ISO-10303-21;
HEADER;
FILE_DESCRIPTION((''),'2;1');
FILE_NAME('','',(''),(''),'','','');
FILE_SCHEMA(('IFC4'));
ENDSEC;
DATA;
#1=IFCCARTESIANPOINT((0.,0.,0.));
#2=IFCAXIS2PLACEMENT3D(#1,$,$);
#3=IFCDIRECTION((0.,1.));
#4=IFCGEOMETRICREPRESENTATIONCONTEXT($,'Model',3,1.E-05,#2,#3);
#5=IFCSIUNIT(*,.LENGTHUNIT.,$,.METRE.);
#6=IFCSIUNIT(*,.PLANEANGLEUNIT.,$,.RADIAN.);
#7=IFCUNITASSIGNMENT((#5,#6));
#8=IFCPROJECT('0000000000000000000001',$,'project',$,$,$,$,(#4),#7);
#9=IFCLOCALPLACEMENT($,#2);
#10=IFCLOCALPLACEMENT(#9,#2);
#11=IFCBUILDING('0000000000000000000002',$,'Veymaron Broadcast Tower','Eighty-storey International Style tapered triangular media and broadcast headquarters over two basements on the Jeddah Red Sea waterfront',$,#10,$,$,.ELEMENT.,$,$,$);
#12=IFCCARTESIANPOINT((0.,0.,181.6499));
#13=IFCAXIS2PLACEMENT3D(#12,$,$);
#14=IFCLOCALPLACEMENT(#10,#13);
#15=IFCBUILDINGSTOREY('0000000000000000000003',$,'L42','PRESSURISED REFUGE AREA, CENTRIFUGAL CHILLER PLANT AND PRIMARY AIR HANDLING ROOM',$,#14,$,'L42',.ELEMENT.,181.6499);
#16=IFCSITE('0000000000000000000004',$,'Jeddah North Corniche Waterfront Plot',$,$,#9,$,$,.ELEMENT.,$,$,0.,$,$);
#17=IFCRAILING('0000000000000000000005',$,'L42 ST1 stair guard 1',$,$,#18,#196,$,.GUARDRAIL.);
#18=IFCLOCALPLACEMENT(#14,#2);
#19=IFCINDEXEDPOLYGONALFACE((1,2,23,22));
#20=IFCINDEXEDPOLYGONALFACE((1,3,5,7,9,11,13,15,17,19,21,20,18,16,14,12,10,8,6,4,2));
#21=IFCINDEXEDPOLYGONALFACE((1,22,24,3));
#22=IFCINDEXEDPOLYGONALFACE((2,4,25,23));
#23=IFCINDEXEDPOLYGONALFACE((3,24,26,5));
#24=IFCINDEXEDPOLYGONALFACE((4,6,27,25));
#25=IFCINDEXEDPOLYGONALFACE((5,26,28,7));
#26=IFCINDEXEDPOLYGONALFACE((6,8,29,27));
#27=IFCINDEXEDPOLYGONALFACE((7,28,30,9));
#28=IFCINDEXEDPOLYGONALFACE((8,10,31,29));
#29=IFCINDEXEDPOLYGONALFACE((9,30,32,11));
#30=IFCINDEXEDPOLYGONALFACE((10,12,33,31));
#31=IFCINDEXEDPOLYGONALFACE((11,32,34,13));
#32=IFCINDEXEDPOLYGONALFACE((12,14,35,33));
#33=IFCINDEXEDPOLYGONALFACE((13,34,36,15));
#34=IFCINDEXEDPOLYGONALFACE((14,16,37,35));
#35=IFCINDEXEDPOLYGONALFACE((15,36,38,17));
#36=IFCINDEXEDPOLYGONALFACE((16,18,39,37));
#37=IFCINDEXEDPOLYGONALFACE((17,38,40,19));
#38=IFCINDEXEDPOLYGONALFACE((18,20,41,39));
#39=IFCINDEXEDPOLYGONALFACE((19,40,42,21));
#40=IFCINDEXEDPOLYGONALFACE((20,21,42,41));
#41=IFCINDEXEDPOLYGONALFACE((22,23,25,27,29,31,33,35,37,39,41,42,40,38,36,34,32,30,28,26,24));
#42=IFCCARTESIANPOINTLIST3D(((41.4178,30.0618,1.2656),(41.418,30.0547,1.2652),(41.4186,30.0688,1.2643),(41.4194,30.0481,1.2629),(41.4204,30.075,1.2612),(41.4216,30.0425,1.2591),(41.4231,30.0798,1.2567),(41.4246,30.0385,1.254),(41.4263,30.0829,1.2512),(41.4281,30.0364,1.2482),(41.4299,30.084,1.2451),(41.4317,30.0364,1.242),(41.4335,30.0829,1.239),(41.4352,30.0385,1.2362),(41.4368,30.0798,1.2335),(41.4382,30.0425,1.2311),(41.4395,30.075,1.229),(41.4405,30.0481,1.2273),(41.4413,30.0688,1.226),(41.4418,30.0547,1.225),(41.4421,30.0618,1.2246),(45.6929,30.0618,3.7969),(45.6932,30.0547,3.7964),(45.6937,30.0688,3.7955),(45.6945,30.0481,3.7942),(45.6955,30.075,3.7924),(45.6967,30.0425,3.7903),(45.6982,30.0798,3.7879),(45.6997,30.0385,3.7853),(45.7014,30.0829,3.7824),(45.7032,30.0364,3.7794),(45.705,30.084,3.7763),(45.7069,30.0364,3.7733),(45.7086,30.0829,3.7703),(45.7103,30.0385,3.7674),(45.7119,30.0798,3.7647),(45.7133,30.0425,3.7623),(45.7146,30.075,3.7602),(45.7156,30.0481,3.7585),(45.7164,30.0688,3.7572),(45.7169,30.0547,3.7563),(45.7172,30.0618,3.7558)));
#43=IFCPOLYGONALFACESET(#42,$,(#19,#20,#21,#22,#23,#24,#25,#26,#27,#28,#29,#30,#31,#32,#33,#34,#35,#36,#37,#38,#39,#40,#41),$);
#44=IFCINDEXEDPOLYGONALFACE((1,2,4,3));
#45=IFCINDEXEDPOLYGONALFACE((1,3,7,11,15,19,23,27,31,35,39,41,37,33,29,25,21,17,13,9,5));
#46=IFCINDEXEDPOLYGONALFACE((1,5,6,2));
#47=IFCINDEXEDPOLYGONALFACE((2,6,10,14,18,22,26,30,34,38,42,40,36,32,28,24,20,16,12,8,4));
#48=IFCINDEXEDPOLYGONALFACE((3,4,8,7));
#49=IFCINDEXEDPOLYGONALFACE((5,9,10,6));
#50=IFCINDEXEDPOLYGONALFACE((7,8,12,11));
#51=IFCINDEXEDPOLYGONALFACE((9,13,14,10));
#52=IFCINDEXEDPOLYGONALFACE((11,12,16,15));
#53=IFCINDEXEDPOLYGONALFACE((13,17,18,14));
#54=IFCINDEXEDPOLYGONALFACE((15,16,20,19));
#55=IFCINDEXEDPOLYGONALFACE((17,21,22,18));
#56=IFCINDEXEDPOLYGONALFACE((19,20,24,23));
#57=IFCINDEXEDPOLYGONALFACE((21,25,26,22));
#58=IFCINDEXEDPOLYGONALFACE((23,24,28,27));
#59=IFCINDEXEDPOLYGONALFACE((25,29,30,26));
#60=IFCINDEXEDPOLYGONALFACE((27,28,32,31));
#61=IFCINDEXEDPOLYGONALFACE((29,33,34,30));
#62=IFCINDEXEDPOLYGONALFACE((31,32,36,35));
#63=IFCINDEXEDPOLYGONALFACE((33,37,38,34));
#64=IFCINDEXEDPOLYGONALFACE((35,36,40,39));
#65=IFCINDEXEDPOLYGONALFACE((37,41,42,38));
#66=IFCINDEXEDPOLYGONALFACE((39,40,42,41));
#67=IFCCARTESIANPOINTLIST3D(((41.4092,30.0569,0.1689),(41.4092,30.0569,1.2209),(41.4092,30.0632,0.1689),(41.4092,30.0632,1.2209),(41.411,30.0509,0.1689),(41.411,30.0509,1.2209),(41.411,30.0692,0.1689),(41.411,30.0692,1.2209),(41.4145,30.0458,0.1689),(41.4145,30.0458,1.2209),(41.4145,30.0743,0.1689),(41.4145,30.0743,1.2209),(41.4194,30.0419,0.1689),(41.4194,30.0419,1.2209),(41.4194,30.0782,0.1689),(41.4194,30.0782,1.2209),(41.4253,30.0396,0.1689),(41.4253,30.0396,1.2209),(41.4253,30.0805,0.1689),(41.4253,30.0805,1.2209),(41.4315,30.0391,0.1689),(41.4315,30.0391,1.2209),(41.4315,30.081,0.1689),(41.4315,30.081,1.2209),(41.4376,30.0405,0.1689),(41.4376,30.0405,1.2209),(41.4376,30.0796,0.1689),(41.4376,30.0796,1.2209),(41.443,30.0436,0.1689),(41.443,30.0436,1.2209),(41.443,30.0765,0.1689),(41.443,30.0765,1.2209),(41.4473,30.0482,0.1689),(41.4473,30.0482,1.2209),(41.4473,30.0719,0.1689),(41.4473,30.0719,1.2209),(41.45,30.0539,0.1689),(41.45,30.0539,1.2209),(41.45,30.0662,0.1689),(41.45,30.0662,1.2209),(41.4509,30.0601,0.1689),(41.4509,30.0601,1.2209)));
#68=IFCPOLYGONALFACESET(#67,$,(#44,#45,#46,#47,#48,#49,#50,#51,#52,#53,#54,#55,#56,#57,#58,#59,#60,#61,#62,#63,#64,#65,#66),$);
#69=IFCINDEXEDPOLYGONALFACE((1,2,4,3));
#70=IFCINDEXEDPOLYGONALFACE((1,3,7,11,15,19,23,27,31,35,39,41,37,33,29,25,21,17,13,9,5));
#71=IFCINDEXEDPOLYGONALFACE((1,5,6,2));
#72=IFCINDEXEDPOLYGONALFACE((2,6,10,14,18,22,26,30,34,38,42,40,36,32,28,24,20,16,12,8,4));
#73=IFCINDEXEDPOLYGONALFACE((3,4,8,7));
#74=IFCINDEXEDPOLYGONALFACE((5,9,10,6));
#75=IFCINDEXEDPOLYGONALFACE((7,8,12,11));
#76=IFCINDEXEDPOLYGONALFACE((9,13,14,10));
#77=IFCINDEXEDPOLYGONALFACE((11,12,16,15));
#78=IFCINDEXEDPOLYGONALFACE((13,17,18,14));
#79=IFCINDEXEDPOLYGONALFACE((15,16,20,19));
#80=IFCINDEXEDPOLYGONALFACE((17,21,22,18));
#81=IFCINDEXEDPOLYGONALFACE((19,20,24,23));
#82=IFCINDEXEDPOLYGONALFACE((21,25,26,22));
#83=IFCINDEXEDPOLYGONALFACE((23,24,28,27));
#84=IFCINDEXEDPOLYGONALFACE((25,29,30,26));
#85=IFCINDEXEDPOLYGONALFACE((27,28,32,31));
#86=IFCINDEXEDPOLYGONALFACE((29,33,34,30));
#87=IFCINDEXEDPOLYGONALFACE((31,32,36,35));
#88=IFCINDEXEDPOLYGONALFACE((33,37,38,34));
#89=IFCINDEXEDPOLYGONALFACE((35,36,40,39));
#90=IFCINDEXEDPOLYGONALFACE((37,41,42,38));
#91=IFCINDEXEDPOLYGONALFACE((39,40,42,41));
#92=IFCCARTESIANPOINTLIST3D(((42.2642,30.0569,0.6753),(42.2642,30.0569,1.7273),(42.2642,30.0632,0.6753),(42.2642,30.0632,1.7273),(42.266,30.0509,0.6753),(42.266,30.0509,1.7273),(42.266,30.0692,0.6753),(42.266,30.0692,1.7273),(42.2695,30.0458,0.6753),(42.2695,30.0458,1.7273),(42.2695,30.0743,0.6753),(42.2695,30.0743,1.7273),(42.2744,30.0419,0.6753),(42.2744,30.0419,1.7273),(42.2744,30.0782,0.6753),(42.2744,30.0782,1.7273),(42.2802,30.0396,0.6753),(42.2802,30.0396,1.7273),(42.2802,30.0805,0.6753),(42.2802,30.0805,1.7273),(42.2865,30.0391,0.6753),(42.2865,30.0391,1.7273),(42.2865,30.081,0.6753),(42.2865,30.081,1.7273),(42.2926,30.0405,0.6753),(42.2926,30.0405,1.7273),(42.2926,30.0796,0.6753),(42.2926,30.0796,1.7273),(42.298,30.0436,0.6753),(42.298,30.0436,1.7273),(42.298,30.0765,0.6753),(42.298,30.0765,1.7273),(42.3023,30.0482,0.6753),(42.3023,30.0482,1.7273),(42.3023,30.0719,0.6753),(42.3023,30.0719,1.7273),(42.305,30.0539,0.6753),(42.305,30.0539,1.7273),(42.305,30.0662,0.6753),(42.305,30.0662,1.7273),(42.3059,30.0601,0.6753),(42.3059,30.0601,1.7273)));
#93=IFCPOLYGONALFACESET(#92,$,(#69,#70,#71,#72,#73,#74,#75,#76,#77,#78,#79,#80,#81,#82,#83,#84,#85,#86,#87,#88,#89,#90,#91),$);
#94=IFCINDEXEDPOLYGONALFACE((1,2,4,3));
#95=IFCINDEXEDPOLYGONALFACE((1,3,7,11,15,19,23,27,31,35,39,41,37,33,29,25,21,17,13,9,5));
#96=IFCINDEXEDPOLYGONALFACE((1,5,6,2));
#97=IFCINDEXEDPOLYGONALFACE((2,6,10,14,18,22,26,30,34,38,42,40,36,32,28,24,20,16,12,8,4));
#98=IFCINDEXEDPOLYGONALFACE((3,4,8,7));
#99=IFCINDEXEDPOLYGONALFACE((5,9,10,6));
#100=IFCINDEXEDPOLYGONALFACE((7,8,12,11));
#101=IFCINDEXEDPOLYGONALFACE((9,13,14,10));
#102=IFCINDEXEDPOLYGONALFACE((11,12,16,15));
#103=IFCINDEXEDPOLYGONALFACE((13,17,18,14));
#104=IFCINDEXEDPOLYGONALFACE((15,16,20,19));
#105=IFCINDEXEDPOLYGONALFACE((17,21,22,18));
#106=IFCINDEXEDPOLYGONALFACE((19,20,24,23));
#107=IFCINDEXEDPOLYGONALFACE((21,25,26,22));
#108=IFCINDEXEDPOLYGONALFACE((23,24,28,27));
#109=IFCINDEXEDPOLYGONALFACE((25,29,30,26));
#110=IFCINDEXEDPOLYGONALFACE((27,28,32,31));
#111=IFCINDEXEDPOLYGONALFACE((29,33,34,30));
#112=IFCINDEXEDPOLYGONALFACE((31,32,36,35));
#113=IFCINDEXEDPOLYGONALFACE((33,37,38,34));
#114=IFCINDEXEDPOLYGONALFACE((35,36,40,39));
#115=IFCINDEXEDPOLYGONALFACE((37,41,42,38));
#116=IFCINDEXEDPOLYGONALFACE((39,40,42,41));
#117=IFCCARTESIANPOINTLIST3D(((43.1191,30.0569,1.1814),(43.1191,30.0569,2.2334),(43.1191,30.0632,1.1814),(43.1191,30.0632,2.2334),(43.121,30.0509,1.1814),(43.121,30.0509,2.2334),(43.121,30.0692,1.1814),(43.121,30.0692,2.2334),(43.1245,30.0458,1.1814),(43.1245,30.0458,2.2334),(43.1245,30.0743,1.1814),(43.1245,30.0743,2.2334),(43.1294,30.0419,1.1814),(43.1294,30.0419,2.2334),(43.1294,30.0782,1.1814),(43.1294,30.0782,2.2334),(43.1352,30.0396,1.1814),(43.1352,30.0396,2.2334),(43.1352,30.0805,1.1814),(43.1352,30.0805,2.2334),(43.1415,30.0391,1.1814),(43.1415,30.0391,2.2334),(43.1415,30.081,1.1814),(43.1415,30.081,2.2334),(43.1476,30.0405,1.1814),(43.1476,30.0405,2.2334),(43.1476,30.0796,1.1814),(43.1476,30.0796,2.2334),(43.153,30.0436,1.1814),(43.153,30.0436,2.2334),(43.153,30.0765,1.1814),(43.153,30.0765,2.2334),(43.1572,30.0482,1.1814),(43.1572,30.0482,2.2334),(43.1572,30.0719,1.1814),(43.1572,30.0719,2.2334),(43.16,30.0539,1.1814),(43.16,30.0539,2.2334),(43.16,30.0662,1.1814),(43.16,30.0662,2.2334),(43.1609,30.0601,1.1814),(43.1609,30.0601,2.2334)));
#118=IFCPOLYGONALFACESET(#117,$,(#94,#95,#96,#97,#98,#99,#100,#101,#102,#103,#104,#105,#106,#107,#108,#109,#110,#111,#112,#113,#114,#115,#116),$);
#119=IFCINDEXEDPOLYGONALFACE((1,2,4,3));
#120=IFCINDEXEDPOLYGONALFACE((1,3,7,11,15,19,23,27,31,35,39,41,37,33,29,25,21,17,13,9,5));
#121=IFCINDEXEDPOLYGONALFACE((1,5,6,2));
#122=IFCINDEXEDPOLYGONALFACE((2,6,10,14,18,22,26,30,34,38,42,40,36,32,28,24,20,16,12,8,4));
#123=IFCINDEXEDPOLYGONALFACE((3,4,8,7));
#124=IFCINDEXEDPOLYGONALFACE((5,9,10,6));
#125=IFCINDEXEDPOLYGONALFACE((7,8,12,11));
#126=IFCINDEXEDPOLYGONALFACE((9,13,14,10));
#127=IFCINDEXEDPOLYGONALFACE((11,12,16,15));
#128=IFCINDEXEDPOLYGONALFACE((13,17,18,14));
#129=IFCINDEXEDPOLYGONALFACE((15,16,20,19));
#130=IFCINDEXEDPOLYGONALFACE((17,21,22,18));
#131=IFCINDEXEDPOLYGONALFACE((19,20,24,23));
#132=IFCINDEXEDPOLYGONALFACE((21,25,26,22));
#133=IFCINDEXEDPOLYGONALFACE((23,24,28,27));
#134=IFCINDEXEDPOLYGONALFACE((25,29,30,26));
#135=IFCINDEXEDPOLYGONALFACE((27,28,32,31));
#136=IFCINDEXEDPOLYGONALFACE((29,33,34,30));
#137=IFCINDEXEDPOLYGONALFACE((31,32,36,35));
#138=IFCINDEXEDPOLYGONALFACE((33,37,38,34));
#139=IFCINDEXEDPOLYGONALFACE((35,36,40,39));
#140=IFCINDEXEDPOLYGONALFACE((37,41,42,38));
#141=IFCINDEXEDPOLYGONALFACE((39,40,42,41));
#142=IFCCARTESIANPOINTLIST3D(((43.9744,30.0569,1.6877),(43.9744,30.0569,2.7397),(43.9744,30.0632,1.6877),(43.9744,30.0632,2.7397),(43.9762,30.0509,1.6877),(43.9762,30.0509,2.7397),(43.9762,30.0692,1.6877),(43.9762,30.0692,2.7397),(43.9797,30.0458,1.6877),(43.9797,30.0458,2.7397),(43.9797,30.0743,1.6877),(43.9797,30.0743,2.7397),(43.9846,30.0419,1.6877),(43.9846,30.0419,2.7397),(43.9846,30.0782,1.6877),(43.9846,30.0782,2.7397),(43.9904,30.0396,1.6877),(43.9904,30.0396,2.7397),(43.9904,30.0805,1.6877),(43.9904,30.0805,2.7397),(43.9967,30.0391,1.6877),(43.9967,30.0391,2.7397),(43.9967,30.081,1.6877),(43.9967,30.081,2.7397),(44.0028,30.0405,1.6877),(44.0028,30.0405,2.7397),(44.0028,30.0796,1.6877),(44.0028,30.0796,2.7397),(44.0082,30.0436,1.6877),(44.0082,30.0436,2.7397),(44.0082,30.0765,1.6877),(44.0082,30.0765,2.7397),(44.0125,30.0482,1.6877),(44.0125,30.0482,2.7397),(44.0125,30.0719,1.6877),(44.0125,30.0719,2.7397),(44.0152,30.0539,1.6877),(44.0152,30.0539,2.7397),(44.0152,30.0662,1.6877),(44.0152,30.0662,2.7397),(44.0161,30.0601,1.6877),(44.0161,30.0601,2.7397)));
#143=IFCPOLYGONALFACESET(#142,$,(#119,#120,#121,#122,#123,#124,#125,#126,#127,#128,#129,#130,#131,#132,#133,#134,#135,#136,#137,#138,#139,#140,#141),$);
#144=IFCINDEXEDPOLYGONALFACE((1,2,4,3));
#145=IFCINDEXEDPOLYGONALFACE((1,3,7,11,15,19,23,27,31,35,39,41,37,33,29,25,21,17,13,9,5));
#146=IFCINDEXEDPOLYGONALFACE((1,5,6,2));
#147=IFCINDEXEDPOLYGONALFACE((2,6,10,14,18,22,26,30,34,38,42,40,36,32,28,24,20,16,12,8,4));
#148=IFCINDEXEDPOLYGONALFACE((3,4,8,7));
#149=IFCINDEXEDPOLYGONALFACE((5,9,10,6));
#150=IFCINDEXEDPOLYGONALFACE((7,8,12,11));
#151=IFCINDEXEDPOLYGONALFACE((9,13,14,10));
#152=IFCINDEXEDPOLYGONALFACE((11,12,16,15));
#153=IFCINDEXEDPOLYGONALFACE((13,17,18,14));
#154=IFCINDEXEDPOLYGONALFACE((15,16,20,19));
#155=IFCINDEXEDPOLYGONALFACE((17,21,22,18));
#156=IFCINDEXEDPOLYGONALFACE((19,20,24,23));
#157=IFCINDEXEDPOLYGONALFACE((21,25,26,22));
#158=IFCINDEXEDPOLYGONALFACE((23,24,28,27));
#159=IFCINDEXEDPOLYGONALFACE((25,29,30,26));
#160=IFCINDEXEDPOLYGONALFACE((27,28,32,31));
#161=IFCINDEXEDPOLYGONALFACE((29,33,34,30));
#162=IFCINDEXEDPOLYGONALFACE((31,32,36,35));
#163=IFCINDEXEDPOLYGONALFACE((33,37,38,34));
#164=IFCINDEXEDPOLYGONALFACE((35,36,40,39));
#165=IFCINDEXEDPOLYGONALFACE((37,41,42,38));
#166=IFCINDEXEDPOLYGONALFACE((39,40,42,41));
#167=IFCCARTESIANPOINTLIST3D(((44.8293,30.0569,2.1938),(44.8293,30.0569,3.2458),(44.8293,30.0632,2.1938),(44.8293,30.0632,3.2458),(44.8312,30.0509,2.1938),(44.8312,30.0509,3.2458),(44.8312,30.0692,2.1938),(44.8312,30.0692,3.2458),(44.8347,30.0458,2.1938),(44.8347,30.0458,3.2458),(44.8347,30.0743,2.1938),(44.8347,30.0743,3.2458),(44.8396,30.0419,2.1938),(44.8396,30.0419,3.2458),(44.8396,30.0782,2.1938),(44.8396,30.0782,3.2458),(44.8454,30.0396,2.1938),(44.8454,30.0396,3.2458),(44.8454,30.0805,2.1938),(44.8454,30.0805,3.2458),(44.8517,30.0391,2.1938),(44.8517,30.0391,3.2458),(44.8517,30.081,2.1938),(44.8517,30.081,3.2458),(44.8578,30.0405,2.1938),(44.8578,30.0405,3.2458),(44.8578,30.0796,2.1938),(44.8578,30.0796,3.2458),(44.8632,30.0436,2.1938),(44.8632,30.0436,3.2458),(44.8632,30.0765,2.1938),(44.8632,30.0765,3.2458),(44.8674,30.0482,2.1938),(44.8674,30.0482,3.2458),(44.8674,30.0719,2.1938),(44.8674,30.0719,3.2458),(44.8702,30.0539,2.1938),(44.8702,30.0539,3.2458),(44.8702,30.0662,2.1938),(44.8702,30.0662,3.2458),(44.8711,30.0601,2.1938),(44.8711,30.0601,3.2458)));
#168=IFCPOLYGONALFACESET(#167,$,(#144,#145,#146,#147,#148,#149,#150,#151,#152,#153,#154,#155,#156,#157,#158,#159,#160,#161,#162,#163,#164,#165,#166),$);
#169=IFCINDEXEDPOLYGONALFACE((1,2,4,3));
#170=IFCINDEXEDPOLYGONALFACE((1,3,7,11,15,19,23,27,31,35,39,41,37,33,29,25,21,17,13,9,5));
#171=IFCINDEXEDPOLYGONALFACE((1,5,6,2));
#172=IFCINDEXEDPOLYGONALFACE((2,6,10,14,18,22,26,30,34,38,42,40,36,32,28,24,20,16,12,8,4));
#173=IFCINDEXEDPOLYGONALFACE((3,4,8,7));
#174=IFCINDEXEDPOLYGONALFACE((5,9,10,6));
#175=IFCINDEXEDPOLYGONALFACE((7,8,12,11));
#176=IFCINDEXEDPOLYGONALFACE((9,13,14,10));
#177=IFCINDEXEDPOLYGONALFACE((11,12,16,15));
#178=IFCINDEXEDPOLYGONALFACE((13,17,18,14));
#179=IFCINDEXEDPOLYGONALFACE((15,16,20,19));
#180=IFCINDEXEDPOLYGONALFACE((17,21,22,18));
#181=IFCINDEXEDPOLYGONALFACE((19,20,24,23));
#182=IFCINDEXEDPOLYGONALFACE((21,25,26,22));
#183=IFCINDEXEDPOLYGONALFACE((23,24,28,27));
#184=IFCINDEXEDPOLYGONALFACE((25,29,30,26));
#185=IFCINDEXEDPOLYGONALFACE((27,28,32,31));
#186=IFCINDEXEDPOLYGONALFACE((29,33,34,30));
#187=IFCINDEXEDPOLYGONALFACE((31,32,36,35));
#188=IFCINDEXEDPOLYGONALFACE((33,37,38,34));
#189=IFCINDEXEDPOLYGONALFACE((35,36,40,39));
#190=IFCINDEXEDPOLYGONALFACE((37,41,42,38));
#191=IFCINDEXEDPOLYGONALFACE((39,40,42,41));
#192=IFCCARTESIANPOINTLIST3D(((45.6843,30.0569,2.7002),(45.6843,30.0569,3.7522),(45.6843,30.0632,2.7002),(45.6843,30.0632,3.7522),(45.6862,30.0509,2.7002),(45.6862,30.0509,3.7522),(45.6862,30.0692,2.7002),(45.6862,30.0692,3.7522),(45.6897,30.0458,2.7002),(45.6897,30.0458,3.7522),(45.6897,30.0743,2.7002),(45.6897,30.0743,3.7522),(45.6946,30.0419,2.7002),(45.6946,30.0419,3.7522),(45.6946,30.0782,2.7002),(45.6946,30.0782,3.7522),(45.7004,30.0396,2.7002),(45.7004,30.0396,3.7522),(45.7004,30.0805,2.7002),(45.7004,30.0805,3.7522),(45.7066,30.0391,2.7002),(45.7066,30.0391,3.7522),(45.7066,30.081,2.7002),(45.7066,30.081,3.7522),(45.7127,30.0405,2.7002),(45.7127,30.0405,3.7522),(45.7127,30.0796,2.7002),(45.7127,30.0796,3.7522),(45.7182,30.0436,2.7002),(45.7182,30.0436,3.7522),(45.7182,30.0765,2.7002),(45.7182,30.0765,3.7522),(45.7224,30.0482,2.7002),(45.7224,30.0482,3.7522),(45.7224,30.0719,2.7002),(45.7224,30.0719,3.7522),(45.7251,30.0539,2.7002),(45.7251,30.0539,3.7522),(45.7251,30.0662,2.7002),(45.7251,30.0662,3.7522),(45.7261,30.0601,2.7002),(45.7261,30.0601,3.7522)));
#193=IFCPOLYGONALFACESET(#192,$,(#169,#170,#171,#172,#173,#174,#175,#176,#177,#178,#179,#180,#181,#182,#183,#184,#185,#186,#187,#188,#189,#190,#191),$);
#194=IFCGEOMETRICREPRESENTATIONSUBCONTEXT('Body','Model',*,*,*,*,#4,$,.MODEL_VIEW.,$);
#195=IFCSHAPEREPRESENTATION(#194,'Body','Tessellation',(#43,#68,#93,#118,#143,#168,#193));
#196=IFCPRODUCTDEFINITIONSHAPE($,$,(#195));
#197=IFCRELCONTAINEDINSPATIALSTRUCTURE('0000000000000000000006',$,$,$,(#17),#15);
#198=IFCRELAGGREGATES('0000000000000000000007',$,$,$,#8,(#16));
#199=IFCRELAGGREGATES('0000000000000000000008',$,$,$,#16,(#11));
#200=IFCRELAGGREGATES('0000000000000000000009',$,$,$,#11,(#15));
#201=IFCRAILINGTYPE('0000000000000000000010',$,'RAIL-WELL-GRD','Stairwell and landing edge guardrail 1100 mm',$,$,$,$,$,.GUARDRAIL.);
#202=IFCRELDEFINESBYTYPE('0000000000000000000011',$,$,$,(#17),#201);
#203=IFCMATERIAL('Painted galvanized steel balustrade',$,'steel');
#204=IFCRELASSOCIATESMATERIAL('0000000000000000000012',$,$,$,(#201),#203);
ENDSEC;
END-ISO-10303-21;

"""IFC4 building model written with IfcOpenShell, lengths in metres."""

from ifc_helpers import new_model, si_unit, direction, frame, origin, origin_2d, place, context, subcontext, project, spatial, circle, extrude, material, type_object, element, save


model = new_model("IFC4")

# Units and contexts
model_context = context("Model", 3, precision=1e-05, world=origin(), true_north=direction((0.0, 1.0)))
body_context = subcontext(model_context, "Body", "Model", "MODEL_VIEW")
ifc_project = project(units=[si_unit("LENGTHUNIT", "METRE"), si_unit("PLANEANGLEUNIT", "RADIAN")], contexts=[model_context])

# Site, building, storey
site_placement = place(None, origin())
site = spatial("IfcSite", under=ifc_project, at=site_placement, Name="Jeddah North Corniche Waterfront Plot", CompositionType="ELEMENT", RefElevation=0.0)
building_placement = place(site_placement, origin())
building = spatial("IfcBuilding", under=site, at=building_placement, Name="Veymaron Broadcast Tower", Description="Eighty-storey International Style tapered triangular media and broadcast headquarters over two basements on the Jeddah Red Sea waterfront", CompositionType="ELEMENT")
storey_placement = place(building_placement, frame((0.0, 0.0, 181.6499)))
storey = spatial("IfcBuildingStorey", under=building, at=storey_placement, Name="L42", Description="PRESSURISED REFUGE AREA, CENTRIFUGAL CHILLER PLANT AND PRIMARY AIR HANDLING ROOM", LongName="L42", CompositionType="ELEMENT", Elevation=181.6499)

# Railing
ifc_material_1 = material(Name="Painted galvanized steel balustrade", Category="steel")
railing_type_1 = type_object("IfcRailingType", Name="RAIL-WELL-GRD", Description="Stairwell and landing edge guardrail 1100 mm", PredefinedType="GUARDRAIL", material=ifc_material_1)
railing_1_placement = place(storey_placement, frame((41.4299, 30.0601, 0.1689)))
element("IfcRailing", 1, at=railing_1_placement, inside=storey, type_object=railing_type_1, Name="L42 ST1 stair guard 1", PredefinedType="GUARDRAIL", context=body_context, shape_type="SweptSolid", body=[
    extrude(circle(Radius=0.0239, at=origin_2d()), frame((0.0, 0.0, 1.0762), z_axis=(0.860483, 0.0, 0.509479), x_axis=(0.0, 1.0, 0.0)), (0.0, 0.0, 1.0), 4.9683),
    extrude(circle(Radius=0.021, at=origin_2d()), origin(), (0.0, 0.0, 1.0), 1.052),
    extrude(circle(Radius=0.021, at=origin_2d()), frame((0.855, 0.0, 0.5063)), (0.0, 0.0, 1.0), 1.052),
    extrude(circle(Radius=0.021, at=origin_2d()), frame((1.71, 0.0, 1.0125)), (0.0, 0.0, 1.0), 1.052),
    extrude(circle(Radius=0.021, at=origin_2d()), frame((2.5652, 0.0, 1.5188)), (0.0, 0.0, 1.0), 1.052),
    extrude(circle(Radius=0.021, at=origin_2d()), frame((3.4202, 0.0, 2.0249)), (0.0, 0.0, 1.0), 1.052),
    extrude(circle(Radius=0.021, at=origin_2d()), frame((4.2751, 0.0, 2.5312)), (0.0, 0.0, 1.0), 1.052),
])

save(model, "model.ifc")
